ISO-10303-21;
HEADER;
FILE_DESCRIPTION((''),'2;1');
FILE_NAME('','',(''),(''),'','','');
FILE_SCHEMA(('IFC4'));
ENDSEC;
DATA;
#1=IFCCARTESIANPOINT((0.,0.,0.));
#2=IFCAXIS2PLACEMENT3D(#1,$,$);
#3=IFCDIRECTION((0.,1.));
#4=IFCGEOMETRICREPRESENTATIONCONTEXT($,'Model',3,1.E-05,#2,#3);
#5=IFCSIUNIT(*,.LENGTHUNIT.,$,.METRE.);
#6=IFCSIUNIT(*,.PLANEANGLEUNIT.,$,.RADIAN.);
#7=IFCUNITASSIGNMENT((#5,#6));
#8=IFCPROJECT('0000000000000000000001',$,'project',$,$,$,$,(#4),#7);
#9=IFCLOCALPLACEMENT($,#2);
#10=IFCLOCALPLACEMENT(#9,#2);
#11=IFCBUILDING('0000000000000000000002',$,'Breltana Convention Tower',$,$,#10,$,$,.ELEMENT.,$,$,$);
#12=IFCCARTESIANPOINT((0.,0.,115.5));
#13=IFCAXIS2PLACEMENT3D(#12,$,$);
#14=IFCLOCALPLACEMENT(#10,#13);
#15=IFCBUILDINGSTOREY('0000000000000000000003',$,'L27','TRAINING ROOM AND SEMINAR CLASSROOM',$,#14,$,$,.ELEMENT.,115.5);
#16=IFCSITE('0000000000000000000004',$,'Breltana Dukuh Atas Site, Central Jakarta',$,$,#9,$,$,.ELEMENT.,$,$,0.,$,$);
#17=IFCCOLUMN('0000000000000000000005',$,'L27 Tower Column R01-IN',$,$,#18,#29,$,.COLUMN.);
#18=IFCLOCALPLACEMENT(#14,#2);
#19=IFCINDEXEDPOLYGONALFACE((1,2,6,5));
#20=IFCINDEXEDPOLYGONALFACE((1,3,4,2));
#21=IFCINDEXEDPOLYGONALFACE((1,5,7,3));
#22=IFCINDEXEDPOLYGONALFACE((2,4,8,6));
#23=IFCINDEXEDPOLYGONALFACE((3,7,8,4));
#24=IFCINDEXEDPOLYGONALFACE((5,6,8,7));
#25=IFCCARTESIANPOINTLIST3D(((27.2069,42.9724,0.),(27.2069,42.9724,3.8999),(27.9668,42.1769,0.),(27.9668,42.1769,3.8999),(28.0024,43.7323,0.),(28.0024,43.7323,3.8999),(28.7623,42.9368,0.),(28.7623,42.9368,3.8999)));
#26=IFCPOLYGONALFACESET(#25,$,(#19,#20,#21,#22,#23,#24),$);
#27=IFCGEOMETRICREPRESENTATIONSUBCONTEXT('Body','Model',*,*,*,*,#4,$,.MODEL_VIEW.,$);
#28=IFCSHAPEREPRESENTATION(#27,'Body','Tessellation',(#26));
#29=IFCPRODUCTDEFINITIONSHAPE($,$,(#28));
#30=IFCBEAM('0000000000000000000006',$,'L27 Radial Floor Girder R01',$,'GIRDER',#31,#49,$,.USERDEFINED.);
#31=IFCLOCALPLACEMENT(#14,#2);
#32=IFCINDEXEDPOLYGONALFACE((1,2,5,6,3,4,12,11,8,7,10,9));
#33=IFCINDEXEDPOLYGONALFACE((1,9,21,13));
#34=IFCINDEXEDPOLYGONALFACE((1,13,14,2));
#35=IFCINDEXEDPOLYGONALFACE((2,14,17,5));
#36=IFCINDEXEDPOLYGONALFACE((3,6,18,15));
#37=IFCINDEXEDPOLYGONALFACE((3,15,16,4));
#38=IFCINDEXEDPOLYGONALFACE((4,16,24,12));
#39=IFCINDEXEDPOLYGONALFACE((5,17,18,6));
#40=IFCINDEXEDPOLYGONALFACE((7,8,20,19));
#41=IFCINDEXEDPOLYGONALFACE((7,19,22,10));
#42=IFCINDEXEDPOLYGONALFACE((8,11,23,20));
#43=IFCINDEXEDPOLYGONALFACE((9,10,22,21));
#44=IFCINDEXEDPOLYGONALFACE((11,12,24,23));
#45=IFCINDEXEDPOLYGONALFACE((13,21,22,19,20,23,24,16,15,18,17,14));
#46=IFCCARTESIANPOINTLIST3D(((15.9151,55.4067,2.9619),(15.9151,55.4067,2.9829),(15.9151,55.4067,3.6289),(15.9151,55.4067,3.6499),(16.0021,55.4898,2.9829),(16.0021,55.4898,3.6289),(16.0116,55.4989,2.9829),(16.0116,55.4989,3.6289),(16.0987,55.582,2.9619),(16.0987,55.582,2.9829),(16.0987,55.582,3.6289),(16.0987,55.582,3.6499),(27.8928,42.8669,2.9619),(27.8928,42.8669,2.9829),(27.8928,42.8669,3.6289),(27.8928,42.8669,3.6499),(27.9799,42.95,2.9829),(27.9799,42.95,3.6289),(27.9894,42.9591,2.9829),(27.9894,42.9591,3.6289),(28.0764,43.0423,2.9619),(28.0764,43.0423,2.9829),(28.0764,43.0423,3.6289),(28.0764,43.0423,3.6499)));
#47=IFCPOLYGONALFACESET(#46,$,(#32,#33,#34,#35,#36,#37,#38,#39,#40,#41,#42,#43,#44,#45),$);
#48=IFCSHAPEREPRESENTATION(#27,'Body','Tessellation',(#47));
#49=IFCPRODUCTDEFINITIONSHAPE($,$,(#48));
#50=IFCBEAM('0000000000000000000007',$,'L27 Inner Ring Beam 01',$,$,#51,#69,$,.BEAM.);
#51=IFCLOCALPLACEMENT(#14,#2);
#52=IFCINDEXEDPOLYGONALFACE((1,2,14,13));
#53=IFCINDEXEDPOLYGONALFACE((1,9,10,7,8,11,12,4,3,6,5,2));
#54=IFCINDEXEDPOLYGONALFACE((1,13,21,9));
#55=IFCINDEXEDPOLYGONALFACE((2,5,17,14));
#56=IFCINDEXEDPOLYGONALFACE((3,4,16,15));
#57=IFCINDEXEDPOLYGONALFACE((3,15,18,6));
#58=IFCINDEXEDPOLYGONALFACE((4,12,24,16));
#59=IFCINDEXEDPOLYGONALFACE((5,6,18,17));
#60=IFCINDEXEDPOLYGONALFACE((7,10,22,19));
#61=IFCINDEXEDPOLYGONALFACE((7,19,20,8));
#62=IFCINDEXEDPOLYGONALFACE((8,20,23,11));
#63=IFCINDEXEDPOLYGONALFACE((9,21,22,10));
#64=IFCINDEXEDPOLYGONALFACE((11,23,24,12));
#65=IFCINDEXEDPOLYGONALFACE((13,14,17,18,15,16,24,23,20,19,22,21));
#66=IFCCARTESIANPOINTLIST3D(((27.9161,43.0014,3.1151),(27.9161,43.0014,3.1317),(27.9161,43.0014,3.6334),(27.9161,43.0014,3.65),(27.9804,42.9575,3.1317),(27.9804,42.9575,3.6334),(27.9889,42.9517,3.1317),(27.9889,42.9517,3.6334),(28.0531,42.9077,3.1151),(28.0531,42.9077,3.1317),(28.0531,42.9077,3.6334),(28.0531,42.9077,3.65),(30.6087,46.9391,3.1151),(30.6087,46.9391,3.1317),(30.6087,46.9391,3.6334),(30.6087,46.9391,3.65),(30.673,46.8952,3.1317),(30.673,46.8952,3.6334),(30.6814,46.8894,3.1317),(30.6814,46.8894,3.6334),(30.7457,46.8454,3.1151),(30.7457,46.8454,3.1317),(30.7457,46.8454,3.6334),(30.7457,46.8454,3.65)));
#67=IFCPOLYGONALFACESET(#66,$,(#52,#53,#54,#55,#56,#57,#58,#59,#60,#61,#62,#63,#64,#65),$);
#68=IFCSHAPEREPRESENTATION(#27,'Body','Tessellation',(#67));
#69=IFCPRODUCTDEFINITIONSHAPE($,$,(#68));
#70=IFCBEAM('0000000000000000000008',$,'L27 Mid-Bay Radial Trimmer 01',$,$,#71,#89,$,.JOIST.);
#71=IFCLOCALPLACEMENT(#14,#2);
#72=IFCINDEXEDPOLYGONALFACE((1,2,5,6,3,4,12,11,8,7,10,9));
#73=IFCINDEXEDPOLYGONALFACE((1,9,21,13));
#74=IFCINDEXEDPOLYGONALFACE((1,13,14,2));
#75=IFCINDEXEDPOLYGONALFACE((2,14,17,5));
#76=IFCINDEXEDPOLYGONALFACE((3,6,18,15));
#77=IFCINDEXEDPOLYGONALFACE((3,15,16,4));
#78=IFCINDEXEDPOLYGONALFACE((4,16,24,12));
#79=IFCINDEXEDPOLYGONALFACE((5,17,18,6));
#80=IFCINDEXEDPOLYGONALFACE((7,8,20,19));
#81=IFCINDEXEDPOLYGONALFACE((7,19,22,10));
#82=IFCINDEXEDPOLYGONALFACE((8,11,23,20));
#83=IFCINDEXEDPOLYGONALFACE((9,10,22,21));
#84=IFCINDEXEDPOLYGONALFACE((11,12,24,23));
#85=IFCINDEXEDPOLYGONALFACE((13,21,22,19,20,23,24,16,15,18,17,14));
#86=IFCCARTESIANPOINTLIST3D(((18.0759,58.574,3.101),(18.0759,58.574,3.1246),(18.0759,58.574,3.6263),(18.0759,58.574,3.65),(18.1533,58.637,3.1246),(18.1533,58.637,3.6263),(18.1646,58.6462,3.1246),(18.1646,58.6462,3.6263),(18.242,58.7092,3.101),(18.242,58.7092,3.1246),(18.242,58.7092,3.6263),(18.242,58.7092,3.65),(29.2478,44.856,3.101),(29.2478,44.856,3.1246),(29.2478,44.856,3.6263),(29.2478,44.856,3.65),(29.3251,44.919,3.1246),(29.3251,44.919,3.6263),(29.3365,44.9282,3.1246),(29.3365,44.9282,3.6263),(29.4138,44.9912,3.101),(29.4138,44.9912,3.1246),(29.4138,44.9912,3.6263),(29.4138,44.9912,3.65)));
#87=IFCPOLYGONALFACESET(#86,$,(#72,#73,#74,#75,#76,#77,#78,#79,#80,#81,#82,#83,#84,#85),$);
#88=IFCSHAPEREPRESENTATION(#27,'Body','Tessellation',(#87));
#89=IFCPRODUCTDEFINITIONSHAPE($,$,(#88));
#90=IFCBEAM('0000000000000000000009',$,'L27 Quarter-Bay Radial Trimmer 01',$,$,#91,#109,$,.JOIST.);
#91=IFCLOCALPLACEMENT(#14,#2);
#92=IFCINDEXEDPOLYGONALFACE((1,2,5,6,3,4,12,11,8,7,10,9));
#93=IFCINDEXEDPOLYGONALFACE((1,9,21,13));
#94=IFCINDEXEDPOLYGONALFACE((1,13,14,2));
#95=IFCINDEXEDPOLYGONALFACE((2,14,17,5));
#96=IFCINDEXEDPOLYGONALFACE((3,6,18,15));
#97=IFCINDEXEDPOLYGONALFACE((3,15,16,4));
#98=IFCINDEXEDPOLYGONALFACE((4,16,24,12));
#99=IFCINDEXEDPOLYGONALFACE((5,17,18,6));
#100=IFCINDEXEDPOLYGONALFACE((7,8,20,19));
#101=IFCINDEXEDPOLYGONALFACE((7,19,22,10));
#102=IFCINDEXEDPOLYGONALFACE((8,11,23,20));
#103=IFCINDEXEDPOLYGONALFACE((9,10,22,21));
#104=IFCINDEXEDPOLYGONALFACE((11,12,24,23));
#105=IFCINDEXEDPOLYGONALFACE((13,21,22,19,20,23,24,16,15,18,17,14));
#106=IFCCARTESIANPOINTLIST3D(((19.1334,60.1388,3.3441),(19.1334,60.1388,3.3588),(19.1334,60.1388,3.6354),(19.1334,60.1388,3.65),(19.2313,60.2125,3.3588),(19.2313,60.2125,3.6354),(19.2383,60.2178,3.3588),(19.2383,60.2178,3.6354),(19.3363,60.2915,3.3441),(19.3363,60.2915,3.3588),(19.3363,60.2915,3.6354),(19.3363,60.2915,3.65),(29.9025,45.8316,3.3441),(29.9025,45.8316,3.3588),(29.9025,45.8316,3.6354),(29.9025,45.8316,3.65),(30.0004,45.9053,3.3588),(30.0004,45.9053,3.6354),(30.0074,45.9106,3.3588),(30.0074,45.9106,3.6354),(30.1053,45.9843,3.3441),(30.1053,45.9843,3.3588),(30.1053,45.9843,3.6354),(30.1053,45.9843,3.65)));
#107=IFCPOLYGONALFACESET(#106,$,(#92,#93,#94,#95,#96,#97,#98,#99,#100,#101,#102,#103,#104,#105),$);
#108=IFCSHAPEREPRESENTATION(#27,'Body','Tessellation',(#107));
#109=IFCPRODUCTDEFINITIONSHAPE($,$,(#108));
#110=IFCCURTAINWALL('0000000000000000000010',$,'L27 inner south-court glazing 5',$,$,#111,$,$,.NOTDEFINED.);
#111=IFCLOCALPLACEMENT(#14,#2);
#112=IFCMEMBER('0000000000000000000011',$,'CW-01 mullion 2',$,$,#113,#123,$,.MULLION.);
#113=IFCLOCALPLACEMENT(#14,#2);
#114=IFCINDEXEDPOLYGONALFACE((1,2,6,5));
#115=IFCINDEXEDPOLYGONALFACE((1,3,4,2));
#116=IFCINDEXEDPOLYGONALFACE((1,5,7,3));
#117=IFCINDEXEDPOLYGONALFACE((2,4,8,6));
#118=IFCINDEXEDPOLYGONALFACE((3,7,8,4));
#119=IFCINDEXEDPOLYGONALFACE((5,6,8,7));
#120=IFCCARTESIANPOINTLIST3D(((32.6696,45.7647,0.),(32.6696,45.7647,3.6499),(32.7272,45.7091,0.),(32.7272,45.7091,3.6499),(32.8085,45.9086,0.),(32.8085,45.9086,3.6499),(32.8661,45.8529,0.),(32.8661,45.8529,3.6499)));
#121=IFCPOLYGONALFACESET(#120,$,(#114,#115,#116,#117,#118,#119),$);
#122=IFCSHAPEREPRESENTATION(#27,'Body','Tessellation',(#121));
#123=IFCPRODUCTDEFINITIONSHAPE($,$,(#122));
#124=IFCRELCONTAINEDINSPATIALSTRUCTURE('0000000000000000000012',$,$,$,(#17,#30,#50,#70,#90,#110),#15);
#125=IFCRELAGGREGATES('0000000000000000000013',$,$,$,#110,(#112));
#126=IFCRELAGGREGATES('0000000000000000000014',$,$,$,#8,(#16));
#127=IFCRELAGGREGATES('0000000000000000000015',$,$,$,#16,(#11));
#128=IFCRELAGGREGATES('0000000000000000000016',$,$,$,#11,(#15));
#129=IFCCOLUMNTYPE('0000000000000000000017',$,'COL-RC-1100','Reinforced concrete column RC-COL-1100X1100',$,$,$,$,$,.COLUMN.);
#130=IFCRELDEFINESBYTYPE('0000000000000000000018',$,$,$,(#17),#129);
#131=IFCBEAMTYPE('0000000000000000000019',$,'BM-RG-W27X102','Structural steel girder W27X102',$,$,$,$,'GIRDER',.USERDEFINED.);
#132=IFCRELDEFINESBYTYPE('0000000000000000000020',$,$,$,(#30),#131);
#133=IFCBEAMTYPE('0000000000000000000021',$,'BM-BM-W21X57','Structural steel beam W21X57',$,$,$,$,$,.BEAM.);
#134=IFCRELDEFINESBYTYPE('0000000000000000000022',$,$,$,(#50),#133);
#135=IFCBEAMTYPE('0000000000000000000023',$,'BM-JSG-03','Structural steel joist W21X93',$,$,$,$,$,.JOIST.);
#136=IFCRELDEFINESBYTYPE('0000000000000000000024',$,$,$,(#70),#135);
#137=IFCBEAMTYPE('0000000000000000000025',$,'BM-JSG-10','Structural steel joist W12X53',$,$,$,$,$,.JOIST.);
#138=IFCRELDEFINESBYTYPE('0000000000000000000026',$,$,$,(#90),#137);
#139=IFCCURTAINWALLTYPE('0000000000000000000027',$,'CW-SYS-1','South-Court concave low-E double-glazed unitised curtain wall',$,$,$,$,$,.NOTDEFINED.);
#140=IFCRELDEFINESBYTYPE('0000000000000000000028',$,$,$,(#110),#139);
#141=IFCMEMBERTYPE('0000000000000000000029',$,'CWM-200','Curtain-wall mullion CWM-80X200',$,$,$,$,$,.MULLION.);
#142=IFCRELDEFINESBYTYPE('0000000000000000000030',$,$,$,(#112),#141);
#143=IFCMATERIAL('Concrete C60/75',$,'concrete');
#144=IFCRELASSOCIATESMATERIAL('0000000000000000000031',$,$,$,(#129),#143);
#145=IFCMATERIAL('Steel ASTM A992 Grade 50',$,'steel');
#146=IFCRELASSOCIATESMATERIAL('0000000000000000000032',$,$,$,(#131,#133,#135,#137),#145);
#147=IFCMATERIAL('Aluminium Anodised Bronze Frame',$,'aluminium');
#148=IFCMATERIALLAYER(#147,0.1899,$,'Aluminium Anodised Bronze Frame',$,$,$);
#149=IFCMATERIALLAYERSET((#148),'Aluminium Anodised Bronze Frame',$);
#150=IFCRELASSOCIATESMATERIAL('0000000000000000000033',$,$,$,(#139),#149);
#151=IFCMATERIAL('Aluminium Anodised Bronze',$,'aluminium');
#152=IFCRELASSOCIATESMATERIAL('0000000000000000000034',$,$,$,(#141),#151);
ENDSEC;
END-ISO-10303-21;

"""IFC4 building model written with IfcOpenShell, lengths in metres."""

from ifc_helpers import new_model, si_unit, direction, frame, origin, origin_2d, place, context, subcontext, project, spatial, rectangle, i_section, extrude, source, transform, mapped, material, layer, layer_set, material_profile, profile_set, type_object, type_shapes, element, aggregate, save


model = new_model("IFC4")

# Units and contexts
model_context = context("Model", 3, precision=1e-05, world=origin(), true_north=direction((0.0, 1.0)))
body_context = subcontext(model_context, "Body", "Model", "MODEL_VIEW")
ifc_project = project(units=[si_unit("LENGTHUNIT", "METRE"), si_unit("PLANEANGLEUNIT", "RADIAN")], contexts=[model_context])

# Site, building, storey
site_placement = place(None, origin())
site = spatial("IfcSite", under=ifc_project, at=site_placement, Name="Breltana Dukuh Atas Site, Central Jakarta", CompositionType="ELEMENT", RefElevation=0.0)
building_placement = place(site_placement, origin())
building = spatial("IfcBuilding", under=site, at=building_placement, Name="Breltana Convention Tower", CompositionType="ELEMENT")
storey_placement = place(building_placement, frame((0.0, 0.0, 115.5)))
storey = spatial("IfcBuildingStorey", under=building, at=storey_placement, Name="L27", Description="TRAINING ROOM AND SEMINAR CLASSROOM", CompositionType="ELEMENT", Elevation=115.5)

# Column
ifc_material_1 = material(Name="Concrete C60/75", Category="concrete")
ifc_material_profile_1 = material_profile(ifc_material_1, rectangle(XDim=1.1001, YDim=1.1001, at=origin_2d()), Name="RC-COL-1100X1100")
ifc_profile_set_1 = profile_set([ifc_material_profile_1], Name="Concrete C60/75")
column_type = type_object("IfcColumnType", Name="COL-RC-1100", Description="Reinforced concrete column RC-COL-1100X1100", PredefinedType="COLUMN", material=ifc_profile_set_1)
shared_shape_1 = source(origin(), body_context, "Body", "SweptSolid", [
    extrude(rectangle(XDim=1.1001, YDim=1.1001, at=origin_2d()), origin(), (0.0, 0.0, 1.0), 3.8999),
])
column_placement = place(storey_placement, frame((27.9846, 42.9546, 0.0), z_axis=(0.0, 0.0, 1.0), x_axis=(-0.690756, 0.723088, 0.0)))
element("IfcColumn", 1, at=column_placement, inside=storey, type_object=column_type, Name="L27 Tower Column R01-IN", PredefinedType="COLUMN", context=body_context, shape_type="MappedRepresentation", body=[
    mapped(shared_shape_1, transform((0.0, 0.0, 0.0), scale=1.0)),
])

# Beams
ifc_material_2 = material(Name="Steel ASTM A992 Grade 50", Category="steel")
ifc_material_profile_2 = material_profile(ifc_material_2, i_section(OverallWidth=0.2539, OverallDepth=0.688, WebThickness=0.0132, FlangeThickness=0.021, at=origin_2d()), Name="W27X102")
ifc_profile_set_2 = profile_set([ifc_material_profile_2], Name="Steel ASTM A992 Grade 50")
beam_type_1 = type_object("IfcBeamType", Name="BM-RG-W27X102", Description="Structural steel girder W27X102", ElementType="GIRDER", PredefinedType="USERDEFINED", material=ifc_profile_set_2)
shared_shape_2 = source(origin(), body_context, "Body", "SweptSolid", [
    extrude(i_section(OverallWidth=0.2539, OverallDepth=0.688, WebThickness=0.0132, FlangeThickness=0.021, at=origin_2d()), origin(), (0.0, 0.0, 1.0), 17.3411),
])
type_shapes(beam_type_1, [shared_shape_2])
beam_1_placement = place(storey_placement, frame((27.9846, 42.9546, 3.3059), z_axis=(-0.690716, 0.723126, 0.0), x_axis=(-0.723126, -0.690716, 0.0)))
element("IfcBeam", 2, at=beam_1_placement, inside=storey, type_object=beam_type_1, Name="L27 Radial Floor Girder R01", ObjectType="GIRDER", PredefinedType="USERDEFINED", context=body_context, shape_type="MappedRepresentation", body=[
    mapped(shared_shape_2, transform((0.0, 0.0, 0.0), scale=1.0)),
])
ifc_material_profile_3 = material_profile(ifc_material_2, i_section(OverallWidth=0.166, OverallDepth=0.5349, WebThickness=0.0103, FlangeThickness=0.0166, at=origin_2d()), Name="W21X57")
ifc_profile_set_3 = profile_set([ifc_material_profile_3], Name="Steel ASTM A992 Grade 50")
beam_type_2 = type_object("IfcBeamType", Name="BM-BM-W21X57", Description="Structural steel beam W21X57", PredefinedType="BEAM", material=ifc_profile_set_3)
shared_shape_3 = source(origin(), body_context, "Body", "SweptSolid", [
    extrude(i_section(OverallWidth=0.166, OverallDepth=0.5349, WebThickness=0.0103, FlangeThickness=0.0166, at=origin_2d()), origin(), (0.0, 0.0, 1.0), 4.7703),
])
beam_2_placement = place(storey_placement, frame((27.9846, 42.9546, 3.3826), z_axis=(0.564453, 0.825465, 0.0), x_axis=(-0.825465, 0.564453, 0.0)))
element("IfcBeam", 3, at=beam_2_placement, inside=storey, type_object=beam_type_2, Name="L27 Inner Ring Beam 01", PredefinedType="BEAM", context=body_context, shape_type="MappedRepresentation", body=[
    mapped(shared_shape_3, transform((0.0, 0.0, 0.0), scale=1.0)),
])
ifc_material_profile_4 = material_profile(ifc_material_2, i_section(OverallWidth=0.2141, OverallDepth=0.5491, WebThickness=0.0146, FlangeThickness=0.0237, at=origin_2d()), Name="W21X93")
ifc_profile_set_4 = profile_set([ifc_material_profile_4], Name="Steel ASTM A992 Grade 50")
beam_type_3 = type_object("IfcBeamType", Name="BM-JSG-03", Description="Structural steel joist W21X93", PredefinedType="JOIST", material=ifc_profile_set_4)
shared_shape_4 = source(origin(), body_context, "Body", "SweptSolid", [
    extrude(i_section(OverallWidth=0.2141, OverallDepth=0.5491, WebThickness=0.0146, FlangeThickness=0.0237, at=origin_2d()), origin(), (0.0, 0.0, 1.0), 17.6917),
])
beam_3_placement = place(storey_placement, frame((29.3308, 44.9236, 3.3755), z_axis=(-0.631477, 0.775395, 0.0), x_axis=(-0.775395, -0.631477, 0.0)))
element("IfcBeam", 4, at=beam_3_placement, inside=storey, type_object=beam_type_3, Name="L27 Mid-Bay Radial Trimmer 01", PredefinedType="JOIST", context=body_context, shape_type="MappedRepresentation", body=[
    mapped(shared_shape_4, transform((0.0, 0.0, 0.0), scale=1.0)),
])
ifc_material_profile_5 = material_profile(ifc_material_2, i_section(OverallWidth=0.2539, OverallDepth=0.3059, WebThickness=0.0088, FlangeThickness=0.0146, at=origin_2d()), Name="W12X53")
ifc_profile_set_5 = profile_set([ifc_material_profile_5], Name="Steel ASTM A992 Grade 50")
beam_type_4 = type_object("IfcBeamType", Name="BM-JSG-10", Description="Structural steel joist W12X53", PredefinedType="JOIST", material=ifc_profile_set_5)
shared_shape_5 = source(origin(), body_context, "Body", "SweptSolid", [
    extrude(i_section(OverallWidth=0.2539, OverallDepth=0.3059, WebThickness=0.0088, FlangeThickness=0.0146, at=origin_2d()), origin(), (0.0, 0.0, 1.0), 17.9072),
])
beam_4_placement = place(storey_placement, frame((30.0039, 45.908, 3.4971), z_axis=(-0.601382, 0.798962, 0.0), x_axis=(-0.798962, -0.601382, 0.0)))
element("IfcBeam", 5, at=beam_4_placement, inside=storey, type_object=beam_type_4, Name="L27 Quarter-Bay Radial Trimmer 01", PredefinedType="JOIST", context=body_context, shape_type="MappedRepresentation", body=[
    mapped(shared_shape_5, transform((0.0, 0.0, 0.0), scale=1.0)),
])

# Curtain wall, member
ifc_material_3 = material(Name="Aluminium Anodised Bronze Frame", Category="aluminium")
ifc_layer_1 = layer(ifc_material_3, 0.1899, Name="Aluminium Anodised Bronze Frame")
ifc_layer_set_1 = layer_set([ifc_layer_1], Name="Aluminium Anodised Bronze Frame")
curtain_wall_type = type_object("IfcCurtainWallType", Name="CW-SYS-1", Description="South-Court concave low-E double-glazed unitised curtain wall", PredefinedType="NOTDEFINED", material=ifc_layer_set_1)
curtain_wall_placement = place(storey_placement, origin())
curtain_wall = element("IfcCurtainWall", 6, at=curtain_wall_placement, inside=storey, type_object=curtain_wall_type, Name="L27 inner south-court glazing 5", PredefinedType="NOTDEFINED")
ifc_material_4 = material(Name="Aluminium Anodised Bronze", Category="aluminium")
ifc_material_profile_6 = material_profile(ifc_material_4, rectangle(XDim=0.0801, YDim=0.2, at=origin_2d()), Name="CWM-80X200")
ifc_profile_set_6 = profile_set([ifc_material_profile_6], Name="Aluminium Anodised Bronze")
member_type = type_object("IfcMemberType", Name="CWM-200", Description="Curtain-wall mullion CWM-80X200", PredefinedType="MULLION", material=ifc_profile_set_6)
shared_shape_6 = source(origin(), body_context, "Body", "SweptSolid", [
    extrude(rectangle(XDim=0.0801, YDim=0.2, at=origin_2d()), origin(), (0.0, 0.0, 1.0), 3.6499),
])
member_placement = place(storey_placement, frame((32.7678, 45.8088, 0.0), z_axis=(0.0, 0.0, 1.0), x_axis=(0.719387, -0.694609, 0.0)))
member = element("IfcMember", 7, at=member_placement, type_object=member_type, Name="CW-01 mullion 2", PredefinedType="MULLION", context=body_context, shape_type="MappedRepresentation", body=[
    mapped(shared_shape_6, transform((0.0, 0.0, 0.0), scale=1.0)),
])
aggregate(curtain_wall, [member])

save(model, "model.ifc")
